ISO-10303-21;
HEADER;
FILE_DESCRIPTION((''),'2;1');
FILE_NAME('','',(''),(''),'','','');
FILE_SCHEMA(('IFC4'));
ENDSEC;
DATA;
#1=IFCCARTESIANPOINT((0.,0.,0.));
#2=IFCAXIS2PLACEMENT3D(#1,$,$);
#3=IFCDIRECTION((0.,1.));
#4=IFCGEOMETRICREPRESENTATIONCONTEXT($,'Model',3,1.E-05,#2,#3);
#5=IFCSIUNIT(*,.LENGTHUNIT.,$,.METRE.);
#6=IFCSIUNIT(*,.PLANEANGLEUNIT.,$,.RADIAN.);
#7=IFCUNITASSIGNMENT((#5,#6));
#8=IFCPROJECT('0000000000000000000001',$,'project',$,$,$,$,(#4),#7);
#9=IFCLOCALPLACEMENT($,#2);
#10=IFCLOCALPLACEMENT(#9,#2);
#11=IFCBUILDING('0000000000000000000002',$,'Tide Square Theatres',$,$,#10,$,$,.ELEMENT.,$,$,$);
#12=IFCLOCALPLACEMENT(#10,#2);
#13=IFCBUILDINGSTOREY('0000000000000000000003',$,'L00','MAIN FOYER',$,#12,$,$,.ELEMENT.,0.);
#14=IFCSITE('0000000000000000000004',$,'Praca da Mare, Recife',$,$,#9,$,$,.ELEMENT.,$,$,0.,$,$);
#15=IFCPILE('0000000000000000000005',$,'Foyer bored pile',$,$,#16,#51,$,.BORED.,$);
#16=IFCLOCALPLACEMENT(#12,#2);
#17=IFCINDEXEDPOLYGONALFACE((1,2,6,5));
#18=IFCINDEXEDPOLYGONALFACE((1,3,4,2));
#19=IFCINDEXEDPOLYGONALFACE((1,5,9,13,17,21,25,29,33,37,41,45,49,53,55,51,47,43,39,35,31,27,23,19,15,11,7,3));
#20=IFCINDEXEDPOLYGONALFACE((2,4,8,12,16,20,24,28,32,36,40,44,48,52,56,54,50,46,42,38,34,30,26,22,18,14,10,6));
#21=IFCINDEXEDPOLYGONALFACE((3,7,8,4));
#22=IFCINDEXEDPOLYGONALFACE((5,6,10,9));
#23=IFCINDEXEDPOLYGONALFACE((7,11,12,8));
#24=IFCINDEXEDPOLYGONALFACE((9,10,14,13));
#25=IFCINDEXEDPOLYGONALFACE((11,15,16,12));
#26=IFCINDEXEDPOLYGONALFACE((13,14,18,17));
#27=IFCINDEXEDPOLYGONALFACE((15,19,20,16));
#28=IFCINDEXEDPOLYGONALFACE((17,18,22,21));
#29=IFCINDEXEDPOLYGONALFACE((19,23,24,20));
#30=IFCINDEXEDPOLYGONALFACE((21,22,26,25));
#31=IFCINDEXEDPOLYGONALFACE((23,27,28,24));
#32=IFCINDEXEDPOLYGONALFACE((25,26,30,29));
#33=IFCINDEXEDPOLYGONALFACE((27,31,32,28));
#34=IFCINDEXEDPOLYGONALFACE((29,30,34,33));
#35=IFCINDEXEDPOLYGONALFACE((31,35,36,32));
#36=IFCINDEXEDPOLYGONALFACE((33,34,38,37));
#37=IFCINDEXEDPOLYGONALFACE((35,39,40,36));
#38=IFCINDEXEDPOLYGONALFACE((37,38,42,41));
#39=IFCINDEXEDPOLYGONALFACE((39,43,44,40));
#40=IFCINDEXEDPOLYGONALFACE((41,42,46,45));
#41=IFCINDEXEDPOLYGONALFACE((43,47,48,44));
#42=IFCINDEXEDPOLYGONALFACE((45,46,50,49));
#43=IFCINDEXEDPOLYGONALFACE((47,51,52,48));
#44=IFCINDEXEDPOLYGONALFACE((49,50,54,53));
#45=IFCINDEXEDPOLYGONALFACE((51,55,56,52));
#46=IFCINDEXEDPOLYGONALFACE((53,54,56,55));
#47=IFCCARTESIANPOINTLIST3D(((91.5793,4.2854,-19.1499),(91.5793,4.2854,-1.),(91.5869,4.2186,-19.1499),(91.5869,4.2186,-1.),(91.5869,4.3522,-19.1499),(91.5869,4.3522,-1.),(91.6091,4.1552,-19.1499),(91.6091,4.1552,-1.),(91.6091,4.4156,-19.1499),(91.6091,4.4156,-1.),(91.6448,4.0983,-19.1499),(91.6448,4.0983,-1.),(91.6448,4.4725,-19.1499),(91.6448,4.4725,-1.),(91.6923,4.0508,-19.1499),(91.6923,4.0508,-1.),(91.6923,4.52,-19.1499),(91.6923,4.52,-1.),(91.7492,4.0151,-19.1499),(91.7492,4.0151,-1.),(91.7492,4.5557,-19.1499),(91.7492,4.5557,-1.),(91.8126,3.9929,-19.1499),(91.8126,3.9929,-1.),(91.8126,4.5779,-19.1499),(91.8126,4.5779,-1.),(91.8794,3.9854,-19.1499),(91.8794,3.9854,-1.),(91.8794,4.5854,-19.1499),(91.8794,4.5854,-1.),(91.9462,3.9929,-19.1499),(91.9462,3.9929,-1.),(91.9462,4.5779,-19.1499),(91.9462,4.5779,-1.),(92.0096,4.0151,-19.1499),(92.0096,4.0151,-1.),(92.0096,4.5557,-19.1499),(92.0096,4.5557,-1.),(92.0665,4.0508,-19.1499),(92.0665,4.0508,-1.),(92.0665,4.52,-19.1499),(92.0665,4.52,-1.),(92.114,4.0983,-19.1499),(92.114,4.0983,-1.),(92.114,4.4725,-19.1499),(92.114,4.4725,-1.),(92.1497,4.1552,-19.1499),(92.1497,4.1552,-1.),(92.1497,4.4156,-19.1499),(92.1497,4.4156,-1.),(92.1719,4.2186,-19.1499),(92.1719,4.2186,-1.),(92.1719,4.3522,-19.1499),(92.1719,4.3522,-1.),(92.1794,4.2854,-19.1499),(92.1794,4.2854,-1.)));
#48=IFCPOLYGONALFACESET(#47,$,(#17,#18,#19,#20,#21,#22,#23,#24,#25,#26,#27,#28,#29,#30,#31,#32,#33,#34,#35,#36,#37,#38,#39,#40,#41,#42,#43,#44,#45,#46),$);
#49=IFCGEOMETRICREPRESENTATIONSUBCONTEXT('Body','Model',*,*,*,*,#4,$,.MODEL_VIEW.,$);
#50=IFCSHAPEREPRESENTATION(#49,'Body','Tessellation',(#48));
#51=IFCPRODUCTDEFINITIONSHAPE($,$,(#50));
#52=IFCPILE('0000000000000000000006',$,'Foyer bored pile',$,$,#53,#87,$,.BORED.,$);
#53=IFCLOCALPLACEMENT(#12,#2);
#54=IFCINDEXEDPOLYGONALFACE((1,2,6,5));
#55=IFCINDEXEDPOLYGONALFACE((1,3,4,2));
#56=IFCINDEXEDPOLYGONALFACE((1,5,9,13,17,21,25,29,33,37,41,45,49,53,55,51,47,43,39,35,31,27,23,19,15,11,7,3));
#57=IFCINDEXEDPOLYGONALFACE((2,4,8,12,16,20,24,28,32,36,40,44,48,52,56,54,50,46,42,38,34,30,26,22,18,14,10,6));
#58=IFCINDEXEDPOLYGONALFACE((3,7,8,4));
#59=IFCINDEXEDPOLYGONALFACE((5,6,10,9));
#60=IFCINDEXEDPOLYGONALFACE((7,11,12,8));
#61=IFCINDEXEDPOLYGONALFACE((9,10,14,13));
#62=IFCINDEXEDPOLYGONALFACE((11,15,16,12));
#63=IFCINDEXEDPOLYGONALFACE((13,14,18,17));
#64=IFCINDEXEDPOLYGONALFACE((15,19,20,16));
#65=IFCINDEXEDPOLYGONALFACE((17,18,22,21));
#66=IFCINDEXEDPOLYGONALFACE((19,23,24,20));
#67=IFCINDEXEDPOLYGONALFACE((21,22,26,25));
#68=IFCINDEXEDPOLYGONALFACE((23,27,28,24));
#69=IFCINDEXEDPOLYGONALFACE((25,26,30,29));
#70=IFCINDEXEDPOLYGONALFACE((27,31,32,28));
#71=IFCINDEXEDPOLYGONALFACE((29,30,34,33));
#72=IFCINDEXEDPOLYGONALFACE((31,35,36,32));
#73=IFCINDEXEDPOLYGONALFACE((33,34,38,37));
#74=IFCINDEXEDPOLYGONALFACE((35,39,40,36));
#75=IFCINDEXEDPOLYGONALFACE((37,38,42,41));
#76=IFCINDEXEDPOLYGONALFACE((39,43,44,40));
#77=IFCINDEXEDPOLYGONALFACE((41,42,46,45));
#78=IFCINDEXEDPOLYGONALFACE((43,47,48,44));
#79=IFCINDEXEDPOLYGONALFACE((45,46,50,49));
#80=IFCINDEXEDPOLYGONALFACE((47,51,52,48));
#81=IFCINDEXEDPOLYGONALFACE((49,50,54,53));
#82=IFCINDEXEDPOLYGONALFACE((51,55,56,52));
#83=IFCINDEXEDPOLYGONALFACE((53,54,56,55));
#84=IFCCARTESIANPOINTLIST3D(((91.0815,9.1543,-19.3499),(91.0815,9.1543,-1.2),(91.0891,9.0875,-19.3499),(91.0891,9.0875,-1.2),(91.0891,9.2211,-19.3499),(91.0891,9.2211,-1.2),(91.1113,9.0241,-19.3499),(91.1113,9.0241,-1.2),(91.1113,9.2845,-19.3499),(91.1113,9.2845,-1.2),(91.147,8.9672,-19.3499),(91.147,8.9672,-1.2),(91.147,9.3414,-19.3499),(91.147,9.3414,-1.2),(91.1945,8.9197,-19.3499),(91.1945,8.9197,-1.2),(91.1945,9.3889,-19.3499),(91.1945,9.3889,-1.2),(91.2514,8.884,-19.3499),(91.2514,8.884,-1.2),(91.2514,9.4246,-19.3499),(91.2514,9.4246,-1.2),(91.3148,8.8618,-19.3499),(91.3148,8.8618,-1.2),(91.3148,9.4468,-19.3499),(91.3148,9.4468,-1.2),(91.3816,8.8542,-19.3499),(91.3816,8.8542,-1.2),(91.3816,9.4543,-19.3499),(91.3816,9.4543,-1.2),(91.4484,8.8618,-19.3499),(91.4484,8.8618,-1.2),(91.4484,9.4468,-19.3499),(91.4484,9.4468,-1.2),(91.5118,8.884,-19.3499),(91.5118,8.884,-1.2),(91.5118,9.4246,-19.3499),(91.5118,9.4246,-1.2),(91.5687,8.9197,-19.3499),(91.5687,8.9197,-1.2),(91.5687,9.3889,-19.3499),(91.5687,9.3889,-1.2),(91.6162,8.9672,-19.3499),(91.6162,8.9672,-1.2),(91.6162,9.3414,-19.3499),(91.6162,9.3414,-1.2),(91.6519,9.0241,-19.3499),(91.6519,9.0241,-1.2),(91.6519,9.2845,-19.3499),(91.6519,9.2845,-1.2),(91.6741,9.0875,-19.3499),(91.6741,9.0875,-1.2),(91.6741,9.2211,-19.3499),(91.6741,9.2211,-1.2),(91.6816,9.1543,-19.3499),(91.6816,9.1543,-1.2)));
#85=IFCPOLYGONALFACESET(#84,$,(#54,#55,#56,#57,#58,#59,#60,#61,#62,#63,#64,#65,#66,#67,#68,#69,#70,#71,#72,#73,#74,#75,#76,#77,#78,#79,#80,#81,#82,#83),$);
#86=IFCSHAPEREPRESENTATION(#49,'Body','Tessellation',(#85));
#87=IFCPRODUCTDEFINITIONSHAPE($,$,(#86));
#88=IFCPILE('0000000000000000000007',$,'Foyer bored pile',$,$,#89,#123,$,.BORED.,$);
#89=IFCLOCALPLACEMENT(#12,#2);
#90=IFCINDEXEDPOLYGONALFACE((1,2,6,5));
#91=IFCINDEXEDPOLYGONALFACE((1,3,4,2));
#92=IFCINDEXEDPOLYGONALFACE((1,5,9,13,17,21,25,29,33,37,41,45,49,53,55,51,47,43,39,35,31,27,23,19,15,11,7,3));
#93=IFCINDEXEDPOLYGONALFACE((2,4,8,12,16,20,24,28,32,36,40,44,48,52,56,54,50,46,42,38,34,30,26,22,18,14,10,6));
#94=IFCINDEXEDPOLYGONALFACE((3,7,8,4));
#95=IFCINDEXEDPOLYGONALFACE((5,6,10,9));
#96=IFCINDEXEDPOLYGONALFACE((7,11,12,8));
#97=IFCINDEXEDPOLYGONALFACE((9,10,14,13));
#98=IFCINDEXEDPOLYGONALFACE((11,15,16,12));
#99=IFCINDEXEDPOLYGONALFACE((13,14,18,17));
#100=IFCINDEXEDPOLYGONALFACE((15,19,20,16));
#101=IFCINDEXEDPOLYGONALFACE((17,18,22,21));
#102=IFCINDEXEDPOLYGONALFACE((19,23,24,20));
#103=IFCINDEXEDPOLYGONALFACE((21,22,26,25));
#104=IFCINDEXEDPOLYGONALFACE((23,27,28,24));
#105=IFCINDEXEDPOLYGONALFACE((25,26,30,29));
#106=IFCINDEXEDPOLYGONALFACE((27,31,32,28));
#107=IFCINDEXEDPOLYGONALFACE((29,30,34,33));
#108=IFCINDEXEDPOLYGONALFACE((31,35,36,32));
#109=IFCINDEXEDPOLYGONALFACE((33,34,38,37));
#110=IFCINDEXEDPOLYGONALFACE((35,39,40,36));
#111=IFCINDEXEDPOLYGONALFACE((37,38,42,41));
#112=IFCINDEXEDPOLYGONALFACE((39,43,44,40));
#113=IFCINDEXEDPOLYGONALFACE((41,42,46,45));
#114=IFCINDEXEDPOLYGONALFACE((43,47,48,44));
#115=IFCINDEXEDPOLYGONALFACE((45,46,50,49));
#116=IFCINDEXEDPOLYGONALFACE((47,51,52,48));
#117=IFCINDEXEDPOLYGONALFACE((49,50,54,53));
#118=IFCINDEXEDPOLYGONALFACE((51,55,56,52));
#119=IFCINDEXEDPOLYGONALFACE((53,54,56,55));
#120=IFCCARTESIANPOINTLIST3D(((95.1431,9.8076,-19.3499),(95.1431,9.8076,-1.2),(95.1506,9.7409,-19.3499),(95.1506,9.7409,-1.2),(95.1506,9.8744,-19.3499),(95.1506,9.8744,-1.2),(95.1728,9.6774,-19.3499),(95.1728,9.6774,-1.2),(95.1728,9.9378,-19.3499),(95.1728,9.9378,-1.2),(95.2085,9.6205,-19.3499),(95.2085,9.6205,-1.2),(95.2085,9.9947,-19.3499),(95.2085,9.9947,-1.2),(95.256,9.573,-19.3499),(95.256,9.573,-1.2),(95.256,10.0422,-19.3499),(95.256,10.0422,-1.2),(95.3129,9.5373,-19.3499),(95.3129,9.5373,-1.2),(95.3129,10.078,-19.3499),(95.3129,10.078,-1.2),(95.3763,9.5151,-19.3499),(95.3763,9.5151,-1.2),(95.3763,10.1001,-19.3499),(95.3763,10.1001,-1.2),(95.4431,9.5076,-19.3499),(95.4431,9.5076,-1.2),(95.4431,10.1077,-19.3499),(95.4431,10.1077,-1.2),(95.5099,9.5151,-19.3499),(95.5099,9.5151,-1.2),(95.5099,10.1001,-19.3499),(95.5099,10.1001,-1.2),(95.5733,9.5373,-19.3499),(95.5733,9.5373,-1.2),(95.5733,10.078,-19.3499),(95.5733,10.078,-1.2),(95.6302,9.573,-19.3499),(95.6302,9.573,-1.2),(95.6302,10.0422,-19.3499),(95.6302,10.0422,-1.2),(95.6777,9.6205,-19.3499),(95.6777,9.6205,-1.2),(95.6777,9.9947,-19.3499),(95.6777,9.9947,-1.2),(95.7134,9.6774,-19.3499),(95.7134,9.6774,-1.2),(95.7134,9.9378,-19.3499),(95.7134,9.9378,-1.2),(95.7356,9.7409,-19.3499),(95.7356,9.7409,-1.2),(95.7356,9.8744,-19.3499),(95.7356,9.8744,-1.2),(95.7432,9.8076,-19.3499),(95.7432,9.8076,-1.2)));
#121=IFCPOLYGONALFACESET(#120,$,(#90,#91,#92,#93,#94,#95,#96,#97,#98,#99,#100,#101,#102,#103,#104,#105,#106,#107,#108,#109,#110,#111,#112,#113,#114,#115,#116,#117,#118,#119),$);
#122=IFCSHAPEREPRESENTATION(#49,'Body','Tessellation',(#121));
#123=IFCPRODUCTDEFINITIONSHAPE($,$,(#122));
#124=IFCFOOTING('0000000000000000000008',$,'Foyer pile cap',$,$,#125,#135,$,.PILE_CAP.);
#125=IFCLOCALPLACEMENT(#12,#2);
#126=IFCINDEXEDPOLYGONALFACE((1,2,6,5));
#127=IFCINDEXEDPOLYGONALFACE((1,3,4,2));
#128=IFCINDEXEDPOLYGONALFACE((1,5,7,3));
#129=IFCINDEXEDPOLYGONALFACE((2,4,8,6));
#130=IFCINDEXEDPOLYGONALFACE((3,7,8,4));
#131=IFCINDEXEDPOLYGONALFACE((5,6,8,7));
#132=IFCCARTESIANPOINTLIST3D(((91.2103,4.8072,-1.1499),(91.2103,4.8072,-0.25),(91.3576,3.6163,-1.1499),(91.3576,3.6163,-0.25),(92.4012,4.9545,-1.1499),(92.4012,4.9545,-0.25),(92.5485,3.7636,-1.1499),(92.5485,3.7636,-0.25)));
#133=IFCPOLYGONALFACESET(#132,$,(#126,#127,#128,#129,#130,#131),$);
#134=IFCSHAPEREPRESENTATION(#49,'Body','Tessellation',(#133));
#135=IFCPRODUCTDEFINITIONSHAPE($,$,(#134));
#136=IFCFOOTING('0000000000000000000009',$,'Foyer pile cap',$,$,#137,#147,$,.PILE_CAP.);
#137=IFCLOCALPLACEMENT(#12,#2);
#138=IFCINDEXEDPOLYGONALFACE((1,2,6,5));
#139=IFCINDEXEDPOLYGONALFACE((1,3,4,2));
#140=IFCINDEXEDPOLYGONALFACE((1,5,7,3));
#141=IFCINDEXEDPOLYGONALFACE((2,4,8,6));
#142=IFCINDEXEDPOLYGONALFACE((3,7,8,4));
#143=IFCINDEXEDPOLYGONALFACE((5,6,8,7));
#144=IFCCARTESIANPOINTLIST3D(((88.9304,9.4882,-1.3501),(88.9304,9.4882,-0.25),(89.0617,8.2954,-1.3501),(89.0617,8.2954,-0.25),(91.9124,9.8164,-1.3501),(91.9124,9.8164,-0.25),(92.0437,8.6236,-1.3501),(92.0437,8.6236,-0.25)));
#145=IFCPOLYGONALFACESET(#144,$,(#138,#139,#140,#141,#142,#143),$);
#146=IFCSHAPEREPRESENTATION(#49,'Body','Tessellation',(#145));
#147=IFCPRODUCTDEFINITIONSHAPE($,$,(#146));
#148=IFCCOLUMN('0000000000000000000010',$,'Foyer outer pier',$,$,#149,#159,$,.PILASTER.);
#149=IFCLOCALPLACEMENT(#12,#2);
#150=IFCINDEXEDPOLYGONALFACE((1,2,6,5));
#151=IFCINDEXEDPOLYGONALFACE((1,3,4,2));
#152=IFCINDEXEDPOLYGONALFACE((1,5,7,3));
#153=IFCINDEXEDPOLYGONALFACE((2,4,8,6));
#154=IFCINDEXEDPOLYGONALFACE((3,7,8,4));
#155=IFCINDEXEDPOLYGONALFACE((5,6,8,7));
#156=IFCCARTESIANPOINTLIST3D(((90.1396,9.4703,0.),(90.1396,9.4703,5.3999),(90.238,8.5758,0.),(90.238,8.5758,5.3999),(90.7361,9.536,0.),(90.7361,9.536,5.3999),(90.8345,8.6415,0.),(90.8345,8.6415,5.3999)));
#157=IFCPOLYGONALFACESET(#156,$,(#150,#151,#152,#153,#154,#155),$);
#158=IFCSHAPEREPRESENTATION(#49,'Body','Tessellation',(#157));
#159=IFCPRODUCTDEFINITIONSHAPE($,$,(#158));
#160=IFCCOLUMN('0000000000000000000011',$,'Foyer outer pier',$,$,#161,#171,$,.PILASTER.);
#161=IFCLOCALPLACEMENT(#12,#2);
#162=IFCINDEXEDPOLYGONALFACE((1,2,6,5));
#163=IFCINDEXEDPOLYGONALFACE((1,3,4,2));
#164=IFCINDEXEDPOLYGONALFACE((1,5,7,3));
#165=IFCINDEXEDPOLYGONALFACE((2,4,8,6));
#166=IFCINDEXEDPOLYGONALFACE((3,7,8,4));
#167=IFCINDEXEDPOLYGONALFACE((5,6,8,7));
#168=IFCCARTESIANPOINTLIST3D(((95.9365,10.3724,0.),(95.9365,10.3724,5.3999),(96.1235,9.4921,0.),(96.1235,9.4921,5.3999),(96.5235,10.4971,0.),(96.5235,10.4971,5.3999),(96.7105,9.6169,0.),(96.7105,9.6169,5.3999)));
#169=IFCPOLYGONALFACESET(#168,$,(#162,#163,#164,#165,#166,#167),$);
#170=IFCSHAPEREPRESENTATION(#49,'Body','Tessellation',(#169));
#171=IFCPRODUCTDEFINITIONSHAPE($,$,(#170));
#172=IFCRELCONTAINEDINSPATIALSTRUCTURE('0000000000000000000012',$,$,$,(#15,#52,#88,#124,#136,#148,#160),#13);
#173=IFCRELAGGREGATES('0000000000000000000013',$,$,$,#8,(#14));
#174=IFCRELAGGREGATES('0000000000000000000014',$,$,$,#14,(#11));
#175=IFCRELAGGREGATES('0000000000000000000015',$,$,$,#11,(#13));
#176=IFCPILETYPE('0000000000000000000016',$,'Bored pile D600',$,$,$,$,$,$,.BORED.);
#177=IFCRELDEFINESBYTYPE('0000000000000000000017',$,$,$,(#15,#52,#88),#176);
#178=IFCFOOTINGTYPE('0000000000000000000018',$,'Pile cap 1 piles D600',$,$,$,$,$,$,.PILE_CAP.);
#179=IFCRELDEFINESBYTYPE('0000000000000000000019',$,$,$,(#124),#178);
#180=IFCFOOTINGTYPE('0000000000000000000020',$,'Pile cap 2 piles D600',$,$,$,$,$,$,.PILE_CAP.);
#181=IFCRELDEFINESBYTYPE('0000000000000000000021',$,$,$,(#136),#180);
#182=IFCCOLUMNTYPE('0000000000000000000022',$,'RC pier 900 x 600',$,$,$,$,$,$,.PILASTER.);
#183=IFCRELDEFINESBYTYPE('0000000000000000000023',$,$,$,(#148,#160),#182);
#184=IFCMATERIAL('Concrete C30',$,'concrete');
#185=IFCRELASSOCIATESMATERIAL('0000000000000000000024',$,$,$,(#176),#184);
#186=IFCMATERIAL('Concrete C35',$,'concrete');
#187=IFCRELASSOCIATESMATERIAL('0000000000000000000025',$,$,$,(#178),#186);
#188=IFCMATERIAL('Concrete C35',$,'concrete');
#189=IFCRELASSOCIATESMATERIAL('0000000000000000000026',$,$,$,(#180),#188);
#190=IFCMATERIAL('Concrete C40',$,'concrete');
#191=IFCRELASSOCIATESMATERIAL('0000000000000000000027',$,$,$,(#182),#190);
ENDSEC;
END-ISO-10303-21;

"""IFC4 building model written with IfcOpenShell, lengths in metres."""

from ifc_helpers import new_model, si_unit, direction, frame, origin, origin_2d, place, context, subcontext, project, spatial, rectangle, circle, extrude, material, material_profile, profile_set, type_object, element, save


model = new_model("IFC4")

# Units and contexts
model_context = context("Model", 3, precision=1e-05, world=origin(), true_north=direction((0.0, 1.0)))
body_context = subcontext(model_context, "Body", "Model", "MODEL_VIEW")
ifc_project = project(units=[si_unit("LENGTHUNIT", "METRE"), si_unit("PLANEANGLEUNIT", "RADIAN")], contexts=[model_context])

# Site, building, storey
site_placement = place(None, origin())
site = spatial("IfcSite", under=ifc_project, at=site_placement, Name="Praca da Mare, Recife", CompositionType="ELEMENT", RefElevation=0.0)
building_placement = place(site_placement, origin())
building = spatial("IfcBuilding", under=site, at=building_placement, Name="Tide Square Theatres", CompositionType="ELEMENT")
storey_placement = place(building_placement, origin())
storey = spatial("IfcBuildingStorey", under=building, at=storey_placement, Name="L00", Description="MAIN FOYER", CompositionType="ELEMENT", Elevation=0.0)

# Piles
ifc_material_1 = material(Name="Concrete C30", Category="concrete")
ifc_material_profile_1 = material_profile(ifc_material_1, circle(Radius=0.3, at=origin_2d()))
ifc_profile_set_1 = profile_set([ifc_material_profile_1], Name="Concrete C30")
pile_type = type_object("IfcPileType", Name="Bored pile D600", PredefinedType="BORED", material=ifc_profile_set_1)
for number, where, z_axis, x_axis, name in (
    (1, (91.8794, 4.2854, -1.0), (0.0, 0.0, -1.0), (1.0, 0.0, 0.0), "Foyer bored pile"),
    (2, (91.3816, 9.1543, -1.2), (0.0, 0.0, -1.0), (1.0, 0.0, 0.0), "Foyer bored pile"),
    (3, (95.4431, 9.8076, -1.2), (0.0, 0.0, -1.0), (1.0, 0.0, 0.0), "Foyer bored pile"),
):
    element("IfcPile", number, at=place(storey_placement, frame(where, z_axis=z_axis, x_axis=x_axis)), inside=storey, type_object=pile_type, Name=name, PredefinedType="BORED", context=body_context, shape_type="SweptSolid", body=[
        extrude(circle(Radius=0.3, at=origin_2d()), origin(), (0.0, 0.0, 1.0), 18.1499),
    ])

# Footings
ifc_material_2 = material(Name="Concrete C35", Category="concrete")
footing_type_1 = type_object("IfcFootingType", Name="Pile cap 1 piles D600", PredefinedType="PILE_CAP", material=ifc_material_2)
footing_1_placement = place(storey_placement, frame((91.8794, 4.2854, -1.1499), z_axis=(0.0, 0.0, 1.0), x_axis=(0.99244, 0.122732, 0.0)))
element("IfcFooting", 4, at=footing_1_placement, inside=storey, type_object=footing_type_1, Name="Foyer pile cap", PredefinedType="PILE_CAP", context=body_context, shape_type="SweptSolid", body=[
    extrude(rectangle(XDim=1.2, YDim=1.2, at=origin_2d()), origin(), (0.0, 0.0, 1.0), 0.8999),
])
ifc_material_3 = material(Name="Concrete C35", Category="concrete")
footing_type_2 = type_object("IfcFootingType", Name="Pile cap 2 piles D600", PredefinedType="PILE_CAP", material=ifc_material_3)
footing_2_placement = place(storey_placement, frame((90.4871, 9.0559, -1.3501), z_axis=(0.0, 0.0, 1.0), x_axis=(0.993999, 0.109393, 0.0)))
element("IfcFooting", 5, at=footing_2_placement, inside=storey, type_object=footing_type_2, Name="Foyer pile cap", PredefinedType="PILE_CAP", context=body_context, shape_type="SweptSolid", body=[
    extrude(rectangle(XDim=3.0, YDim=1.2, at=origin_2d()), origin(), (0.0, 0.0, 1.0), 1.1001),
])

# Columns
ifc_material_4 = material(Name="Concrete C40", Category="concrete")
ifc_material_profile_2 = material_profile(ifc_material_4, rectangle(XDim=0.8999, YDim=0.6001, at=origin_2d()))
ifc_profile_set_2 = profile_set([ifc_material_profile_2], Name="Concrete C40")
column_type_1 = type_object("IfcColumnType", Name="RC pier 900 x 600", PredefinedType="PILASTER", material=ifc_profile_set_2)
for number, where, z_axis, x_axis, name in (
    (6, (90.4871, 9.0559, 0.0), (0.0, 0.0, 1.0), (0.109393, -0.993999, 0.0), "Foyer outer pier"),
    (7, (96.3235, 9.9946, 0.0), (0.0, 0.0, 1.0), (0.207814, -0.978168, 0.0), "Foyer outer pier"),
):
    element("IfcColumn", number, at=place(storey_placement, frame(where, z_axis=z_axis, x_axis=x_axis)), inside=storey, type_object=column_type_1, Name=name, PredefinedType="PILASTER", context=body_context, shape_type="SweptSolid", body=[
        extrude(rectangle(XDim=0.8999, YDim=0.6001, at=origin_2d()), origin(), (0.0, 0.0, 1.0), 5.3999),
    ])

save(model, "model.ifc")
